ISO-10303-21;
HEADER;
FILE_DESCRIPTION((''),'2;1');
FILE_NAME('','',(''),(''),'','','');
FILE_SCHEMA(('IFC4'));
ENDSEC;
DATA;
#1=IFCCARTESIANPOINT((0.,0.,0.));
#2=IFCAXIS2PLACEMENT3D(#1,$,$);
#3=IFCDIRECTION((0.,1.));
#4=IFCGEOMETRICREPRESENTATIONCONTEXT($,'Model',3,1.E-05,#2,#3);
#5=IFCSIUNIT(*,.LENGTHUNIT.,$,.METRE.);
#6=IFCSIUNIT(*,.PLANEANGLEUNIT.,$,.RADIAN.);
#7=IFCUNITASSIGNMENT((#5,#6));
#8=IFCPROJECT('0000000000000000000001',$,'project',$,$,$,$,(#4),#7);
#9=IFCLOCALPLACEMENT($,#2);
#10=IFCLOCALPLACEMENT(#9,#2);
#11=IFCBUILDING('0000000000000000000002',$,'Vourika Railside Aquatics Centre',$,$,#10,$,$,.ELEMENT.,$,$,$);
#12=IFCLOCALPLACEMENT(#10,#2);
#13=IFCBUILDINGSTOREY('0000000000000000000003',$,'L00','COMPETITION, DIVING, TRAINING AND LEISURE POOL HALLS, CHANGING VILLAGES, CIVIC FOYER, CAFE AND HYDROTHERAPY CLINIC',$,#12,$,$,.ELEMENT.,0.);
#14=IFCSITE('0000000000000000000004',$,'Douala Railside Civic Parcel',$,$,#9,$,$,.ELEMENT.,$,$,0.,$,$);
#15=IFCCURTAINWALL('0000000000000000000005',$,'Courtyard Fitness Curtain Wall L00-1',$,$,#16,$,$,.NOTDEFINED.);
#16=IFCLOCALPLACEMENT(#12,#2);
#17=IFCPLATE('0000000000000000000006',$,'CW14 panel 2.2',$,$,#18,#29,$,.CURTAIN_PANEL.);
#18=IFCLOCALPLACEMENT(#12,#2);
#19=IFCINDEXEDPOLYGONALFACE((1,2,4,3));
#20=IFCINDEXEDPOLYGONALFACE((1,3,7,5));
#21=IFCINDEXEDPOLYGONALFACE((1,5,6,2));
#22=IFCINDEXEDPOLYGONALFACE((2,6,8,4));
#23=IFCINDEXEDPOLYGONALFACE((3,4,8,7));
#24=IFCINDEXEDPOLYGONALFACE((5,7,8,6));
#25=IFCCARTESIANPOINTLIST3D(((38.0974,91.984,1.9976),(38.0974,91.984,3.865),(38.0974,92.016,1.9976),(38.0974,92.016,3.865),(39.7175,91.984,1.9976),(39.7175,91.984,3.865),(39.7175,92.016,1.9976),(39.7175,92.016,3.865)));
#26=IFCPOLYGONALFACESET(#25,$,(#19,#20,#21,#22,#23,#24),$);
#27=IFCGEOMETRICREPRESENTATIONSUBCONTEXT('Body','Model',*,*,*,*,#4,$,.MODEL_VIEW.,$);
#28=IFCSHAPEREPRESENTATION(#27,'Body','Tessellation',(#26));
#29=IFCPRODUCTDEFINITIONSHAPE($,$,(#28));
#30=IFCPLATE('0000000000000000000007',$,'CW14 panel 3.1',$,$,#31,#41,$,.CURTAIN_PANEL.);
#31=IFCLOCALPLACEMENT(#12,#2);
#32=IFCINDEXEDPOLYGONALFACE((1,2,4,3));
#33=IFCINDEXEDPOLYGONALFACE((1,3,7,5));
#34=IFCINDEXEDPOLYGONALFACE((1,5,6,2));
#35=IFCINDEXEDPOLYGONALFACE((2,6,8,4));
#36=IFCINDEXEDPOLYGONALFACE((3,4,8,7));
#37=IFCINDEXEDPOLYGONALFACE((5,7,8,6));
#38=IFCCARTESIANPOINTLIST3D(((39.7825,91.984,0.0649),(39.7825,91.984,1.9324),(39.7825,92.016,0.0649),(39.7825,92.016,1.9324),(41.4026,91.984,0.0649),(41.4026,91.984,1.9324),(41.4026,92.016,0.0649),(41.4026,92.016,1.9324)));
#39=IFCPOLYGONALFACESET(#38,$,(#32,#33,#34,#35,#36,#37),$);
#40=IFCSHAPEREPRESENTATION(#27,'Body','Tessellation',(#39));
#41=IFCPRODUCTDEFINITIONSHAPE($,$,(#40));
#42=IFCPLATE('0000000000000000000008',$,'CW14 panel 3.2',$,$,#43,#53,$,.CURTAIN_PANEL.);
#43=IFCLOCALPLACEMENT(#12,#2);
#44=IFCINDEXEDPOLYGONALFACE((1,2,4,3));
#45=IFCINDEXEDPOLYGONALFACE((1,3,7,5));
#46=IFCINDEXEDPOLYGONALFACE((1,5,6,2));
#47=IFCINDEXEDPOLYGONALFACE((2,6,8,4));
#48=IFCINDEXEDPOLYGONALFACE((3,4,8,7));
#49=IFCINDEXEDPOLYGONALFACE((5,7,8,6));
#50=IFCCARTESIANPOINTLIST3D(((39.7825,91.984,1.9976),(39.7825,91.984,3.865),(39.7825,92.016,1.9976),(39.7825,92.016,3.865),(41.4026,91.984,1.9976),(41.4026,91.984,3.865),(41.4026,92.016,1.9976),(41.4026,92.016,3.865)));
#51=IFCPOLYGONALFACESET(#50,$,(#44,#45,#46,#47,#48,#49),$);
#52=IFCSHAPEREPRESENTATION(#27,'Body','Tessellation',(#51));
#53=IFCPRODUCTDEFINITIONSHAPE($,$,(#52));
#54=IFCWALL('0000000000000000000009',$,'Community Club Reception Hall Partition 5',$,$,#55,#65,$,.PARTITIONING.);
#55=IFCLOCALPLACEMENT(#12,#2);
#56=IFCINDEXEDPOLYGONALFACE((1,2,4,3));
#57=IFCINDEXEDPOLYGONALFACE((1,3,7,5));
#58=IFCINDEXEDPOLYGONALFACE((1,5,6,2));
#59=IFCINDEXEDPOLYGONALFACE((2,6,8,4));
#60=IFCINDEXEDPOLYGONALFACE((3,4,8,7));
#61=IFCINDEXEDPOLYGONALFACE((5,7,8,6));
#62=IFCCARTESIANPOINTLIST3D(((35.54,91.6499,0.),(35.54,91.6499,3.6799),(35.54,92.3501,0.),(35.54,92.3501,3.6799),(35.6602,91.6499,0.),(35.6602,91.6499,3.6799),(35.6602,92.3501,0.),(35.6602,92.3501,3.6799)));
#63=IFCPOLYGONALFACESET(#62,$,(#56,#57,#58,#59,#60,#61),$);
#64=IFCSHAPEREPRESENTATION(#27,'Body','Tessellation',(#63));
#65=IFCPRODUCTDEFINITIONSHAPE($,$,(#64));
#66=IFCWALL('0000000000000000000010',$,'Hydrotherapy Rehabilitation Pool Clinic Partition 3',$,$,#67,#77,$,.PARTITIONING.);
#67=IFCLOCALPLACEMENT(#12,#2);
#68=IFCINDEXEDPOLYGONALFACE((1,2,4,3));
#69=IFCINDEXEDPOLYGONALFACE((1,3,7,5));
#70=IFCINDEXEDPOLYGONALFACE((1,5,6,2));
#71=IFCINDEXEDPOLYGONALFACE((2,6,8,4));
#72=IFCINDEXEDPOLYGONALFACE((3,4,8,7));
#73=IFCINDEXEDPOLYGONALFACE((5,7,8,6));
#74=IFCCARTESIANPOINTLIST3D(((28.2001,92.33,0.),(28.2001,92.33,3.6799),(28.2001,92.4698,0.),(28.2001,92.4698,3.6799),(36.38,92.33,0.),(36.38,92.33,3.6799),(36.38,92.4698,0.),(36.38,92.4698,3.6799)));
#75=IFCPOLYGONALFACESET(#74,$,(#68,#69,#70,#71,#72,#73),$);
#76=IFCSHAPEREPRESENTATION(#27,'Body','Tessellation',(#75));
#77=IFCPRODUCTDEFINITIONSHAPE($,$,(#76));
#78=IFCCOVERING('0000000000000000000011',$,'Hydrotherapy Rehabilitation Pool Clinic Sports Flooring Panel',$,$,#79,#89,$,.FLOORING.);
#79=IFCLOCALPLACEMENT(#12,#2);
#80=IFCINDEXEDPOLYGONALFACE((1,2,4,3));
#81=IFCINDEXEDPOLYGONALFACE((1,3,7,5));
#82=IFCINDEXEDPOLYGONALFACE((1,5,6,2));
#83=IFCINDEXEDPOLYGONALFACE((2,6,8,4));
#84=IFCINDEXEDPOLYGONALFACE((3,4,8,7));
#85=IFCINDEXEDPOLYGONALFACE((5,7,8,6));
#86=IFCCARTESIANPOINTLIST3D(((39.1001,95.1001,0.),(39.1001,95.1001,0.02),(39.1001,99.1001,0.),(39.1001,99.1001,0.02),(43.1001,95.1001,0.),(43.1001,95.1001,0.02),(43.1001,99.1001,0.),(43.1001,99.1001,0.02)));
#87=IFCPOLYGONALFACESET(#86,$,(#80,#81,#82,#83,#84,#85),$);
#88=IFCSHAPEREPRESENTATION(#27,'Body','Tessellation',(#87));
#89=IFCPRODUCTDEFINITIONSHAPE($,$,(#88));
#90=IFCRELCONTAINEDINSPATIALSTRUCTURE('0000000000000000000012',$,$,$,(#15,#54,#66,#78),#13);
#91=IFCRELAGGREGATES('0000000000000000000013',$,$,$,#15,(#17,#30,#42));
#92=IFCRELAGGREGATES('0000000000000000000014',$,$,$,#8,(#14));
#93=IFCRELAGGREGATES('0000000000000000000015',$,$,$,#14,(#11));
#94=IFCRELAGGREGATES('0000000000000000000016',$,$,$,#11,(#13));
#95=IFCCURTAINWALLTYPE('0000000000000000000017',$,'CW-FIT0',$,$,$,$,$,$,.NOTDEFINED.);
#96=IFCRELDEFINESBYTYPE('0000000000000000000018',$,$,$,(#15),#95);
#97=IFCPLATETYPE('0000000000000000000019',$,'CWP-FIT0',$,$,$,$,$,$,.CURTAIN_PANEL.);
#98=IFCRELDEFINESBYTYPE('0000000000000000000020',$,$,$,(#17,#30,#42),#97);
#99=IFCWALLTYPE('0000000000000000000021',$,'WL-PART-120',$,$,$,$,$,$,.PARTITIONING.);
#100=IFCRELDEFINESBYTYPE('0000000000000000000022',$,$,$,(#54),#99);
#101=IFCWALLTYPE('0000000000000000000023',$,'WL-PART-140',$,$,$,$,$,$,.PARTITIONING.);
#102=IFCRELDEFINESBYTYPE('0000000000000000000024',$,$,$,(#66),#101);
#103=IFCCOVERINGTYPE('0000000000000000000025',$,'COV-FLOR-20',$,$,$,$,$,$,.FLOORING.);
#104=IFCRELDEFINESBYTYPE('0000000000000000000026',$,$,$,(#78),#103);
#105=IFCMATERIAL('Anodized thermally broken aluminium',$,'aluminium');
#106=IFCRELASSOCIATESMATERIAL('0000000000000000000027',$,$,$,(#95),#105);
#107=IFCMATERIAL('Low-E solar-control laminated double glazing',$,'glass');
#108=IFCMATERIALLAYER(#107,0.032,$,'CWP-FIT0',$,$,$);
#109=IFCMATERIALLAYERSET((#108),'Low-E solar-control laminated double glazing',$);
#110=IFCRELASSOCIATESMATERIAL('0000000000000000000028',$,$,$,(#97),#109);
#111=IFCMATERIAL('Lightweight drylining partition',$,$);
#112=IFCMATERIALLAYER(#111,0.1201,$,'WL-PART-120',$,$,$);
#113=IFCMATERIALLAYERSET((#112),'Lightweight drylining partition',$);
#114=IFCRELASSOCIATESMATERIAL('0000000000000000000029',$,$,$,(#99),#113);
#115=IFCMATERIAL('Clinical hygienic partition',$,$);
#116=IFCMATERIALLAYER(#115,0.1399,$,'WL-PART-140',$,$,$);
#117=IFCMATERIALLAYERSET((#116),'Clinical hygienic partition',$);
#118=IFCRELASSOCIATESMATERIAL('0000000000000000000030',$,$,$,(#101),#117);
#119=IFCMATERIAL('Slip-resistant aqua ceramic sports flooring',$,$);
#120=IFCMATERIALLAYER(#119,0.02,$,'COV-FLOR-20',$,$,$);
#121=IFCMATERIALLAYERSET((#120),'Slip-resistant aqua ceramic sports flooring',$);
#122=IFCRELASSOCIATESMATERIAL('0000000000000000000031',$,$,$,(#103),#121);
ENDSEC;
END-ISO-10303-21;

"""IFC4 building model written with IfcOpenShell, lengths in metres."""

from ifc_helpers import new_model, si_unit, direction, frame, frame_2d, origin, origin_2d, place, context, subcontext, project, spatial, rectangle, extrude, material, layer, layer_set, type_object, element, aggregate, save


model = new_model("IFC4")

# Units and contexts
model_context = context("Model", 3, precision=1e-05, world=origin(), true_north=direction((0.0, 1.0)))
body_context = subcontext(model_context, "Body", "Model", "MODEL_VIEW")
ifc_project = project(units=[si_unit("LENGTHUNIT", "METRE"), si_unit("PLANEANGLEUNIT", "RADIAN")], contexts=[model_context])

# Site, building, storey
site_placement = place(None, origin())
site = spatial("IfcSite", under=ifc_project, at=site_placement, Name="Douala Railside Civic Parcel", CompositionType="ELEMENT", RefElevation=0.0)
building_placement = place(site_placement, origin())
building = spatial("IfcBuilding", under=site, at=building_placement, Name="Vourika Railside Aquatics Centre", CompositionType="ELEMENT")
storey_placement = place(building_placement, origin())
storey = spatial("IfcBuildingStorey", under=building, at=storey_placement, Name="L00", Description="COMPETITION, DIVING, TRAINING AND LEISURE POOL HALLS, CHANGING VILLAGES, CIVIC FOYER, CAFE AND HYDROTHERAPY CLINIC", CompositionType="ELEMENT", Elevation=0.0)

# Curtain wall, plates
ifc_material_1 = material(Name="Anodized thermally broken aluminium", Category="aluminium")
curtain_wall_type = type_object("IfcCurtainWallType", Name="CW-FIT0", PredefinedType="NOTDEFINED", material=ifc_material_1)
curtain_wall_placement = place(storey_placement, origin())
curtain_wall = element("IfcCurtainWall", 1, at=curtain_wall_placement, inside=storey, type_object=curtain_wall_type, Name="Courtyard Fitness Curtain Wall L00-1", PredefinedType="NOTDEFINED")
ifc_material_2 = material(Name="Low-E solar-control laminated double glazing", Category="glass")
ifc_layer_1 = layer(ifc_material_2, 0.032, Name="CWP-FIT0")
ifc_layer_set_1 = layer_set([ifc_layer_1], Name="Low-E solar-control laminated double glazing")
plate_type = type_object("IfcPlateType", Name="CWP-FIT0", PredefinedType="CURTAIN_PANEL", material=ifc_layer_set_1)
plate_1_placement = place(storey_placement, frame((38.9075, 92.0, 1.9976), z_axis=(0.0, 0.0, 1.0), x_axis=(1.0, 0.0, 0.0)))
plate_1 = element("IfcPlate", 2, at=plate_1_placement, type_object=plate_type, Name="CW14 panel 2.2", PredefinedType="CURTAIN_PANEL", context=body_context, shape_type="SweptSolid", body=[
    extrude(rectangle(XDim=1.6201, YDim=0.032, at=origin_2d()), origin(), (0.0, 0.0, 1.0), 1.8674),
])
plate_2_placement = place(storey_placement, frame((40.5925, 92.0, 0.0649), z_axis=(0.0, 0.0, 1.0), x_axis=(1.0, 0.0, 0.0)))
plate_2 = element("IfcPlate", 3, at=plate_2_placement, type_object=plate_type, Name="CW14 panel 3.1", PredefinedType="CURTAIN_PANEL", context=body_context, shape_type="SweptSolid", body=[
    extrude(rectangle(XDim=1.6201, YDim=0.032, at=origin_2d()), origin(), (0.0, 0.0, 1.0), 1.8674),
])
plate_3_placement = place(storey_placement, frame((40.5925, 92.0, 1.9976), z_axis=(0.0, 0.0, 1.0), x_axis=(1.0, 0.0, 0.0)))
plate_3 = element("IfcPlate", 4, at=plate_3_placement, type_object=plate_type, Name="CW14 panel 3.2", PredefinedType="CURTAIN_PANEL", context=body_context, shape_type="SweptSolid", body=[
    extrude(rectangle(XDim=1.6201, YDim=0.032, at=origin_2d()), origin(), (0.0, 0.0, 1.0), 1.8674),
])
aggregate(curtain_wall, [plate_1, plate_2, plate_3])

# Walls
ifc_material_3 = material(Name="Lightweight drylining partition")
ifc_layer_2 = layer(ifc_material_3, 0.1201, Name="WL-PART-120")
ifc_layer_set_2 = layer_set([ifc_layer_2], Name="Lightweight drylining partition")
wall_type_1 = type_object("IfcWallType", Name="WL-PART-120", PredefinedType="PARTITIONING", material=ifc_layer_set_2)
wall_1_placement = place(storey_placement, frame((35.6001, 92.3501, 0.0), z_axis=(0.0, 0.0, 1.0), x_axis=(0.0, -1.0, 0.0)))
element("IfcWall", 5, at=wall_1_placement, inside=storey, type_object=wall_type_1, Name="Community Club Reception Hall Partition 5", PredefinedType="PARTITIONING", context=body_context, shape_type="SweptSolid", body=[
    extrude(rectangle(XDim=0.7002, YDim=0.1201, at=frame_2d((0.3501, 0.0))), origin(), (0.0, 0.0, 1.0), 3.6799),
])
ifc_material_4 = material(Name="Clinical hygienic partition")
ifc_layer_3 = layer(ifc_material_4, 0.1399, Name="WL-PART-140")
ifc_layer_set_3 = layer_set([ifc_layer_3], Name="Clinical hygienic partition")
wall_type_2 = type_object("IfcWallType", Name="WL-PART-140", PredefinedType="PARTITIONING", material=ifc_layer_set_3)
wall_2_placement = place(storey_placement, frame((36.3799, 92.3999, 0.0), z_axis=(0.0, 0.0, 1.0), x_axis=(-1.0, 0.0, 0.0)))
element("IfcWall", 6, at=wall_2_placement, inside=storey, type_object=wall_type_2, Name="Hydrotherapy Rehabilitation Pool Clinic Partition 3", PredefinedType="PARTITIONING", context=body_context, shape_type="SweptSolid", body=[
    extrude(rectangle(XDim=8.1799, YDim=0.1399, at=frame_2d((4.0898, 0.0))), origin(), (0.0, 0.0, 1.0), 3.6799),
])

# Covering
ifc_material_5 = material(Name="Slip-resistant aqua ceramic sports flooring")
ifc_layer_4 = layer(ifc_material_5, 0.02, Name="COV-FLOR-20")
ifc_layer_set_4 = layer_set([ifc_layer_4], Name="Slip-resistant aqua ceramic sports flooring")
covering_type = type_object("IfcCoveringType", Name="COV-FLOR-20", PredefinedType="FLOORING", material=ifc_layer_set_4)
covering_placement = place(storey_placement, frame((41.1001, 97.1001, 0.0), z_axis=(0.0, 0.0, 1.0), x_axis=(1.0, 0.0, 0.0)))
element("IfcCovering", 7, at=covering_placement, inside=storey, type_object=covering_type, Name="Hydrotherapy Rehabilitation Pool Clinic Sports Flooring Panel", PredefinedType="FLOORING", context=body_context, shape_type="SweptSolid", body=[
    extrude(rectangle(XDim=4.0, YDim=4.0, at=origin_2d()), origin(), (0.0, 0.0, 1.0), 0.02),
])

save(model, "model.ifc")
